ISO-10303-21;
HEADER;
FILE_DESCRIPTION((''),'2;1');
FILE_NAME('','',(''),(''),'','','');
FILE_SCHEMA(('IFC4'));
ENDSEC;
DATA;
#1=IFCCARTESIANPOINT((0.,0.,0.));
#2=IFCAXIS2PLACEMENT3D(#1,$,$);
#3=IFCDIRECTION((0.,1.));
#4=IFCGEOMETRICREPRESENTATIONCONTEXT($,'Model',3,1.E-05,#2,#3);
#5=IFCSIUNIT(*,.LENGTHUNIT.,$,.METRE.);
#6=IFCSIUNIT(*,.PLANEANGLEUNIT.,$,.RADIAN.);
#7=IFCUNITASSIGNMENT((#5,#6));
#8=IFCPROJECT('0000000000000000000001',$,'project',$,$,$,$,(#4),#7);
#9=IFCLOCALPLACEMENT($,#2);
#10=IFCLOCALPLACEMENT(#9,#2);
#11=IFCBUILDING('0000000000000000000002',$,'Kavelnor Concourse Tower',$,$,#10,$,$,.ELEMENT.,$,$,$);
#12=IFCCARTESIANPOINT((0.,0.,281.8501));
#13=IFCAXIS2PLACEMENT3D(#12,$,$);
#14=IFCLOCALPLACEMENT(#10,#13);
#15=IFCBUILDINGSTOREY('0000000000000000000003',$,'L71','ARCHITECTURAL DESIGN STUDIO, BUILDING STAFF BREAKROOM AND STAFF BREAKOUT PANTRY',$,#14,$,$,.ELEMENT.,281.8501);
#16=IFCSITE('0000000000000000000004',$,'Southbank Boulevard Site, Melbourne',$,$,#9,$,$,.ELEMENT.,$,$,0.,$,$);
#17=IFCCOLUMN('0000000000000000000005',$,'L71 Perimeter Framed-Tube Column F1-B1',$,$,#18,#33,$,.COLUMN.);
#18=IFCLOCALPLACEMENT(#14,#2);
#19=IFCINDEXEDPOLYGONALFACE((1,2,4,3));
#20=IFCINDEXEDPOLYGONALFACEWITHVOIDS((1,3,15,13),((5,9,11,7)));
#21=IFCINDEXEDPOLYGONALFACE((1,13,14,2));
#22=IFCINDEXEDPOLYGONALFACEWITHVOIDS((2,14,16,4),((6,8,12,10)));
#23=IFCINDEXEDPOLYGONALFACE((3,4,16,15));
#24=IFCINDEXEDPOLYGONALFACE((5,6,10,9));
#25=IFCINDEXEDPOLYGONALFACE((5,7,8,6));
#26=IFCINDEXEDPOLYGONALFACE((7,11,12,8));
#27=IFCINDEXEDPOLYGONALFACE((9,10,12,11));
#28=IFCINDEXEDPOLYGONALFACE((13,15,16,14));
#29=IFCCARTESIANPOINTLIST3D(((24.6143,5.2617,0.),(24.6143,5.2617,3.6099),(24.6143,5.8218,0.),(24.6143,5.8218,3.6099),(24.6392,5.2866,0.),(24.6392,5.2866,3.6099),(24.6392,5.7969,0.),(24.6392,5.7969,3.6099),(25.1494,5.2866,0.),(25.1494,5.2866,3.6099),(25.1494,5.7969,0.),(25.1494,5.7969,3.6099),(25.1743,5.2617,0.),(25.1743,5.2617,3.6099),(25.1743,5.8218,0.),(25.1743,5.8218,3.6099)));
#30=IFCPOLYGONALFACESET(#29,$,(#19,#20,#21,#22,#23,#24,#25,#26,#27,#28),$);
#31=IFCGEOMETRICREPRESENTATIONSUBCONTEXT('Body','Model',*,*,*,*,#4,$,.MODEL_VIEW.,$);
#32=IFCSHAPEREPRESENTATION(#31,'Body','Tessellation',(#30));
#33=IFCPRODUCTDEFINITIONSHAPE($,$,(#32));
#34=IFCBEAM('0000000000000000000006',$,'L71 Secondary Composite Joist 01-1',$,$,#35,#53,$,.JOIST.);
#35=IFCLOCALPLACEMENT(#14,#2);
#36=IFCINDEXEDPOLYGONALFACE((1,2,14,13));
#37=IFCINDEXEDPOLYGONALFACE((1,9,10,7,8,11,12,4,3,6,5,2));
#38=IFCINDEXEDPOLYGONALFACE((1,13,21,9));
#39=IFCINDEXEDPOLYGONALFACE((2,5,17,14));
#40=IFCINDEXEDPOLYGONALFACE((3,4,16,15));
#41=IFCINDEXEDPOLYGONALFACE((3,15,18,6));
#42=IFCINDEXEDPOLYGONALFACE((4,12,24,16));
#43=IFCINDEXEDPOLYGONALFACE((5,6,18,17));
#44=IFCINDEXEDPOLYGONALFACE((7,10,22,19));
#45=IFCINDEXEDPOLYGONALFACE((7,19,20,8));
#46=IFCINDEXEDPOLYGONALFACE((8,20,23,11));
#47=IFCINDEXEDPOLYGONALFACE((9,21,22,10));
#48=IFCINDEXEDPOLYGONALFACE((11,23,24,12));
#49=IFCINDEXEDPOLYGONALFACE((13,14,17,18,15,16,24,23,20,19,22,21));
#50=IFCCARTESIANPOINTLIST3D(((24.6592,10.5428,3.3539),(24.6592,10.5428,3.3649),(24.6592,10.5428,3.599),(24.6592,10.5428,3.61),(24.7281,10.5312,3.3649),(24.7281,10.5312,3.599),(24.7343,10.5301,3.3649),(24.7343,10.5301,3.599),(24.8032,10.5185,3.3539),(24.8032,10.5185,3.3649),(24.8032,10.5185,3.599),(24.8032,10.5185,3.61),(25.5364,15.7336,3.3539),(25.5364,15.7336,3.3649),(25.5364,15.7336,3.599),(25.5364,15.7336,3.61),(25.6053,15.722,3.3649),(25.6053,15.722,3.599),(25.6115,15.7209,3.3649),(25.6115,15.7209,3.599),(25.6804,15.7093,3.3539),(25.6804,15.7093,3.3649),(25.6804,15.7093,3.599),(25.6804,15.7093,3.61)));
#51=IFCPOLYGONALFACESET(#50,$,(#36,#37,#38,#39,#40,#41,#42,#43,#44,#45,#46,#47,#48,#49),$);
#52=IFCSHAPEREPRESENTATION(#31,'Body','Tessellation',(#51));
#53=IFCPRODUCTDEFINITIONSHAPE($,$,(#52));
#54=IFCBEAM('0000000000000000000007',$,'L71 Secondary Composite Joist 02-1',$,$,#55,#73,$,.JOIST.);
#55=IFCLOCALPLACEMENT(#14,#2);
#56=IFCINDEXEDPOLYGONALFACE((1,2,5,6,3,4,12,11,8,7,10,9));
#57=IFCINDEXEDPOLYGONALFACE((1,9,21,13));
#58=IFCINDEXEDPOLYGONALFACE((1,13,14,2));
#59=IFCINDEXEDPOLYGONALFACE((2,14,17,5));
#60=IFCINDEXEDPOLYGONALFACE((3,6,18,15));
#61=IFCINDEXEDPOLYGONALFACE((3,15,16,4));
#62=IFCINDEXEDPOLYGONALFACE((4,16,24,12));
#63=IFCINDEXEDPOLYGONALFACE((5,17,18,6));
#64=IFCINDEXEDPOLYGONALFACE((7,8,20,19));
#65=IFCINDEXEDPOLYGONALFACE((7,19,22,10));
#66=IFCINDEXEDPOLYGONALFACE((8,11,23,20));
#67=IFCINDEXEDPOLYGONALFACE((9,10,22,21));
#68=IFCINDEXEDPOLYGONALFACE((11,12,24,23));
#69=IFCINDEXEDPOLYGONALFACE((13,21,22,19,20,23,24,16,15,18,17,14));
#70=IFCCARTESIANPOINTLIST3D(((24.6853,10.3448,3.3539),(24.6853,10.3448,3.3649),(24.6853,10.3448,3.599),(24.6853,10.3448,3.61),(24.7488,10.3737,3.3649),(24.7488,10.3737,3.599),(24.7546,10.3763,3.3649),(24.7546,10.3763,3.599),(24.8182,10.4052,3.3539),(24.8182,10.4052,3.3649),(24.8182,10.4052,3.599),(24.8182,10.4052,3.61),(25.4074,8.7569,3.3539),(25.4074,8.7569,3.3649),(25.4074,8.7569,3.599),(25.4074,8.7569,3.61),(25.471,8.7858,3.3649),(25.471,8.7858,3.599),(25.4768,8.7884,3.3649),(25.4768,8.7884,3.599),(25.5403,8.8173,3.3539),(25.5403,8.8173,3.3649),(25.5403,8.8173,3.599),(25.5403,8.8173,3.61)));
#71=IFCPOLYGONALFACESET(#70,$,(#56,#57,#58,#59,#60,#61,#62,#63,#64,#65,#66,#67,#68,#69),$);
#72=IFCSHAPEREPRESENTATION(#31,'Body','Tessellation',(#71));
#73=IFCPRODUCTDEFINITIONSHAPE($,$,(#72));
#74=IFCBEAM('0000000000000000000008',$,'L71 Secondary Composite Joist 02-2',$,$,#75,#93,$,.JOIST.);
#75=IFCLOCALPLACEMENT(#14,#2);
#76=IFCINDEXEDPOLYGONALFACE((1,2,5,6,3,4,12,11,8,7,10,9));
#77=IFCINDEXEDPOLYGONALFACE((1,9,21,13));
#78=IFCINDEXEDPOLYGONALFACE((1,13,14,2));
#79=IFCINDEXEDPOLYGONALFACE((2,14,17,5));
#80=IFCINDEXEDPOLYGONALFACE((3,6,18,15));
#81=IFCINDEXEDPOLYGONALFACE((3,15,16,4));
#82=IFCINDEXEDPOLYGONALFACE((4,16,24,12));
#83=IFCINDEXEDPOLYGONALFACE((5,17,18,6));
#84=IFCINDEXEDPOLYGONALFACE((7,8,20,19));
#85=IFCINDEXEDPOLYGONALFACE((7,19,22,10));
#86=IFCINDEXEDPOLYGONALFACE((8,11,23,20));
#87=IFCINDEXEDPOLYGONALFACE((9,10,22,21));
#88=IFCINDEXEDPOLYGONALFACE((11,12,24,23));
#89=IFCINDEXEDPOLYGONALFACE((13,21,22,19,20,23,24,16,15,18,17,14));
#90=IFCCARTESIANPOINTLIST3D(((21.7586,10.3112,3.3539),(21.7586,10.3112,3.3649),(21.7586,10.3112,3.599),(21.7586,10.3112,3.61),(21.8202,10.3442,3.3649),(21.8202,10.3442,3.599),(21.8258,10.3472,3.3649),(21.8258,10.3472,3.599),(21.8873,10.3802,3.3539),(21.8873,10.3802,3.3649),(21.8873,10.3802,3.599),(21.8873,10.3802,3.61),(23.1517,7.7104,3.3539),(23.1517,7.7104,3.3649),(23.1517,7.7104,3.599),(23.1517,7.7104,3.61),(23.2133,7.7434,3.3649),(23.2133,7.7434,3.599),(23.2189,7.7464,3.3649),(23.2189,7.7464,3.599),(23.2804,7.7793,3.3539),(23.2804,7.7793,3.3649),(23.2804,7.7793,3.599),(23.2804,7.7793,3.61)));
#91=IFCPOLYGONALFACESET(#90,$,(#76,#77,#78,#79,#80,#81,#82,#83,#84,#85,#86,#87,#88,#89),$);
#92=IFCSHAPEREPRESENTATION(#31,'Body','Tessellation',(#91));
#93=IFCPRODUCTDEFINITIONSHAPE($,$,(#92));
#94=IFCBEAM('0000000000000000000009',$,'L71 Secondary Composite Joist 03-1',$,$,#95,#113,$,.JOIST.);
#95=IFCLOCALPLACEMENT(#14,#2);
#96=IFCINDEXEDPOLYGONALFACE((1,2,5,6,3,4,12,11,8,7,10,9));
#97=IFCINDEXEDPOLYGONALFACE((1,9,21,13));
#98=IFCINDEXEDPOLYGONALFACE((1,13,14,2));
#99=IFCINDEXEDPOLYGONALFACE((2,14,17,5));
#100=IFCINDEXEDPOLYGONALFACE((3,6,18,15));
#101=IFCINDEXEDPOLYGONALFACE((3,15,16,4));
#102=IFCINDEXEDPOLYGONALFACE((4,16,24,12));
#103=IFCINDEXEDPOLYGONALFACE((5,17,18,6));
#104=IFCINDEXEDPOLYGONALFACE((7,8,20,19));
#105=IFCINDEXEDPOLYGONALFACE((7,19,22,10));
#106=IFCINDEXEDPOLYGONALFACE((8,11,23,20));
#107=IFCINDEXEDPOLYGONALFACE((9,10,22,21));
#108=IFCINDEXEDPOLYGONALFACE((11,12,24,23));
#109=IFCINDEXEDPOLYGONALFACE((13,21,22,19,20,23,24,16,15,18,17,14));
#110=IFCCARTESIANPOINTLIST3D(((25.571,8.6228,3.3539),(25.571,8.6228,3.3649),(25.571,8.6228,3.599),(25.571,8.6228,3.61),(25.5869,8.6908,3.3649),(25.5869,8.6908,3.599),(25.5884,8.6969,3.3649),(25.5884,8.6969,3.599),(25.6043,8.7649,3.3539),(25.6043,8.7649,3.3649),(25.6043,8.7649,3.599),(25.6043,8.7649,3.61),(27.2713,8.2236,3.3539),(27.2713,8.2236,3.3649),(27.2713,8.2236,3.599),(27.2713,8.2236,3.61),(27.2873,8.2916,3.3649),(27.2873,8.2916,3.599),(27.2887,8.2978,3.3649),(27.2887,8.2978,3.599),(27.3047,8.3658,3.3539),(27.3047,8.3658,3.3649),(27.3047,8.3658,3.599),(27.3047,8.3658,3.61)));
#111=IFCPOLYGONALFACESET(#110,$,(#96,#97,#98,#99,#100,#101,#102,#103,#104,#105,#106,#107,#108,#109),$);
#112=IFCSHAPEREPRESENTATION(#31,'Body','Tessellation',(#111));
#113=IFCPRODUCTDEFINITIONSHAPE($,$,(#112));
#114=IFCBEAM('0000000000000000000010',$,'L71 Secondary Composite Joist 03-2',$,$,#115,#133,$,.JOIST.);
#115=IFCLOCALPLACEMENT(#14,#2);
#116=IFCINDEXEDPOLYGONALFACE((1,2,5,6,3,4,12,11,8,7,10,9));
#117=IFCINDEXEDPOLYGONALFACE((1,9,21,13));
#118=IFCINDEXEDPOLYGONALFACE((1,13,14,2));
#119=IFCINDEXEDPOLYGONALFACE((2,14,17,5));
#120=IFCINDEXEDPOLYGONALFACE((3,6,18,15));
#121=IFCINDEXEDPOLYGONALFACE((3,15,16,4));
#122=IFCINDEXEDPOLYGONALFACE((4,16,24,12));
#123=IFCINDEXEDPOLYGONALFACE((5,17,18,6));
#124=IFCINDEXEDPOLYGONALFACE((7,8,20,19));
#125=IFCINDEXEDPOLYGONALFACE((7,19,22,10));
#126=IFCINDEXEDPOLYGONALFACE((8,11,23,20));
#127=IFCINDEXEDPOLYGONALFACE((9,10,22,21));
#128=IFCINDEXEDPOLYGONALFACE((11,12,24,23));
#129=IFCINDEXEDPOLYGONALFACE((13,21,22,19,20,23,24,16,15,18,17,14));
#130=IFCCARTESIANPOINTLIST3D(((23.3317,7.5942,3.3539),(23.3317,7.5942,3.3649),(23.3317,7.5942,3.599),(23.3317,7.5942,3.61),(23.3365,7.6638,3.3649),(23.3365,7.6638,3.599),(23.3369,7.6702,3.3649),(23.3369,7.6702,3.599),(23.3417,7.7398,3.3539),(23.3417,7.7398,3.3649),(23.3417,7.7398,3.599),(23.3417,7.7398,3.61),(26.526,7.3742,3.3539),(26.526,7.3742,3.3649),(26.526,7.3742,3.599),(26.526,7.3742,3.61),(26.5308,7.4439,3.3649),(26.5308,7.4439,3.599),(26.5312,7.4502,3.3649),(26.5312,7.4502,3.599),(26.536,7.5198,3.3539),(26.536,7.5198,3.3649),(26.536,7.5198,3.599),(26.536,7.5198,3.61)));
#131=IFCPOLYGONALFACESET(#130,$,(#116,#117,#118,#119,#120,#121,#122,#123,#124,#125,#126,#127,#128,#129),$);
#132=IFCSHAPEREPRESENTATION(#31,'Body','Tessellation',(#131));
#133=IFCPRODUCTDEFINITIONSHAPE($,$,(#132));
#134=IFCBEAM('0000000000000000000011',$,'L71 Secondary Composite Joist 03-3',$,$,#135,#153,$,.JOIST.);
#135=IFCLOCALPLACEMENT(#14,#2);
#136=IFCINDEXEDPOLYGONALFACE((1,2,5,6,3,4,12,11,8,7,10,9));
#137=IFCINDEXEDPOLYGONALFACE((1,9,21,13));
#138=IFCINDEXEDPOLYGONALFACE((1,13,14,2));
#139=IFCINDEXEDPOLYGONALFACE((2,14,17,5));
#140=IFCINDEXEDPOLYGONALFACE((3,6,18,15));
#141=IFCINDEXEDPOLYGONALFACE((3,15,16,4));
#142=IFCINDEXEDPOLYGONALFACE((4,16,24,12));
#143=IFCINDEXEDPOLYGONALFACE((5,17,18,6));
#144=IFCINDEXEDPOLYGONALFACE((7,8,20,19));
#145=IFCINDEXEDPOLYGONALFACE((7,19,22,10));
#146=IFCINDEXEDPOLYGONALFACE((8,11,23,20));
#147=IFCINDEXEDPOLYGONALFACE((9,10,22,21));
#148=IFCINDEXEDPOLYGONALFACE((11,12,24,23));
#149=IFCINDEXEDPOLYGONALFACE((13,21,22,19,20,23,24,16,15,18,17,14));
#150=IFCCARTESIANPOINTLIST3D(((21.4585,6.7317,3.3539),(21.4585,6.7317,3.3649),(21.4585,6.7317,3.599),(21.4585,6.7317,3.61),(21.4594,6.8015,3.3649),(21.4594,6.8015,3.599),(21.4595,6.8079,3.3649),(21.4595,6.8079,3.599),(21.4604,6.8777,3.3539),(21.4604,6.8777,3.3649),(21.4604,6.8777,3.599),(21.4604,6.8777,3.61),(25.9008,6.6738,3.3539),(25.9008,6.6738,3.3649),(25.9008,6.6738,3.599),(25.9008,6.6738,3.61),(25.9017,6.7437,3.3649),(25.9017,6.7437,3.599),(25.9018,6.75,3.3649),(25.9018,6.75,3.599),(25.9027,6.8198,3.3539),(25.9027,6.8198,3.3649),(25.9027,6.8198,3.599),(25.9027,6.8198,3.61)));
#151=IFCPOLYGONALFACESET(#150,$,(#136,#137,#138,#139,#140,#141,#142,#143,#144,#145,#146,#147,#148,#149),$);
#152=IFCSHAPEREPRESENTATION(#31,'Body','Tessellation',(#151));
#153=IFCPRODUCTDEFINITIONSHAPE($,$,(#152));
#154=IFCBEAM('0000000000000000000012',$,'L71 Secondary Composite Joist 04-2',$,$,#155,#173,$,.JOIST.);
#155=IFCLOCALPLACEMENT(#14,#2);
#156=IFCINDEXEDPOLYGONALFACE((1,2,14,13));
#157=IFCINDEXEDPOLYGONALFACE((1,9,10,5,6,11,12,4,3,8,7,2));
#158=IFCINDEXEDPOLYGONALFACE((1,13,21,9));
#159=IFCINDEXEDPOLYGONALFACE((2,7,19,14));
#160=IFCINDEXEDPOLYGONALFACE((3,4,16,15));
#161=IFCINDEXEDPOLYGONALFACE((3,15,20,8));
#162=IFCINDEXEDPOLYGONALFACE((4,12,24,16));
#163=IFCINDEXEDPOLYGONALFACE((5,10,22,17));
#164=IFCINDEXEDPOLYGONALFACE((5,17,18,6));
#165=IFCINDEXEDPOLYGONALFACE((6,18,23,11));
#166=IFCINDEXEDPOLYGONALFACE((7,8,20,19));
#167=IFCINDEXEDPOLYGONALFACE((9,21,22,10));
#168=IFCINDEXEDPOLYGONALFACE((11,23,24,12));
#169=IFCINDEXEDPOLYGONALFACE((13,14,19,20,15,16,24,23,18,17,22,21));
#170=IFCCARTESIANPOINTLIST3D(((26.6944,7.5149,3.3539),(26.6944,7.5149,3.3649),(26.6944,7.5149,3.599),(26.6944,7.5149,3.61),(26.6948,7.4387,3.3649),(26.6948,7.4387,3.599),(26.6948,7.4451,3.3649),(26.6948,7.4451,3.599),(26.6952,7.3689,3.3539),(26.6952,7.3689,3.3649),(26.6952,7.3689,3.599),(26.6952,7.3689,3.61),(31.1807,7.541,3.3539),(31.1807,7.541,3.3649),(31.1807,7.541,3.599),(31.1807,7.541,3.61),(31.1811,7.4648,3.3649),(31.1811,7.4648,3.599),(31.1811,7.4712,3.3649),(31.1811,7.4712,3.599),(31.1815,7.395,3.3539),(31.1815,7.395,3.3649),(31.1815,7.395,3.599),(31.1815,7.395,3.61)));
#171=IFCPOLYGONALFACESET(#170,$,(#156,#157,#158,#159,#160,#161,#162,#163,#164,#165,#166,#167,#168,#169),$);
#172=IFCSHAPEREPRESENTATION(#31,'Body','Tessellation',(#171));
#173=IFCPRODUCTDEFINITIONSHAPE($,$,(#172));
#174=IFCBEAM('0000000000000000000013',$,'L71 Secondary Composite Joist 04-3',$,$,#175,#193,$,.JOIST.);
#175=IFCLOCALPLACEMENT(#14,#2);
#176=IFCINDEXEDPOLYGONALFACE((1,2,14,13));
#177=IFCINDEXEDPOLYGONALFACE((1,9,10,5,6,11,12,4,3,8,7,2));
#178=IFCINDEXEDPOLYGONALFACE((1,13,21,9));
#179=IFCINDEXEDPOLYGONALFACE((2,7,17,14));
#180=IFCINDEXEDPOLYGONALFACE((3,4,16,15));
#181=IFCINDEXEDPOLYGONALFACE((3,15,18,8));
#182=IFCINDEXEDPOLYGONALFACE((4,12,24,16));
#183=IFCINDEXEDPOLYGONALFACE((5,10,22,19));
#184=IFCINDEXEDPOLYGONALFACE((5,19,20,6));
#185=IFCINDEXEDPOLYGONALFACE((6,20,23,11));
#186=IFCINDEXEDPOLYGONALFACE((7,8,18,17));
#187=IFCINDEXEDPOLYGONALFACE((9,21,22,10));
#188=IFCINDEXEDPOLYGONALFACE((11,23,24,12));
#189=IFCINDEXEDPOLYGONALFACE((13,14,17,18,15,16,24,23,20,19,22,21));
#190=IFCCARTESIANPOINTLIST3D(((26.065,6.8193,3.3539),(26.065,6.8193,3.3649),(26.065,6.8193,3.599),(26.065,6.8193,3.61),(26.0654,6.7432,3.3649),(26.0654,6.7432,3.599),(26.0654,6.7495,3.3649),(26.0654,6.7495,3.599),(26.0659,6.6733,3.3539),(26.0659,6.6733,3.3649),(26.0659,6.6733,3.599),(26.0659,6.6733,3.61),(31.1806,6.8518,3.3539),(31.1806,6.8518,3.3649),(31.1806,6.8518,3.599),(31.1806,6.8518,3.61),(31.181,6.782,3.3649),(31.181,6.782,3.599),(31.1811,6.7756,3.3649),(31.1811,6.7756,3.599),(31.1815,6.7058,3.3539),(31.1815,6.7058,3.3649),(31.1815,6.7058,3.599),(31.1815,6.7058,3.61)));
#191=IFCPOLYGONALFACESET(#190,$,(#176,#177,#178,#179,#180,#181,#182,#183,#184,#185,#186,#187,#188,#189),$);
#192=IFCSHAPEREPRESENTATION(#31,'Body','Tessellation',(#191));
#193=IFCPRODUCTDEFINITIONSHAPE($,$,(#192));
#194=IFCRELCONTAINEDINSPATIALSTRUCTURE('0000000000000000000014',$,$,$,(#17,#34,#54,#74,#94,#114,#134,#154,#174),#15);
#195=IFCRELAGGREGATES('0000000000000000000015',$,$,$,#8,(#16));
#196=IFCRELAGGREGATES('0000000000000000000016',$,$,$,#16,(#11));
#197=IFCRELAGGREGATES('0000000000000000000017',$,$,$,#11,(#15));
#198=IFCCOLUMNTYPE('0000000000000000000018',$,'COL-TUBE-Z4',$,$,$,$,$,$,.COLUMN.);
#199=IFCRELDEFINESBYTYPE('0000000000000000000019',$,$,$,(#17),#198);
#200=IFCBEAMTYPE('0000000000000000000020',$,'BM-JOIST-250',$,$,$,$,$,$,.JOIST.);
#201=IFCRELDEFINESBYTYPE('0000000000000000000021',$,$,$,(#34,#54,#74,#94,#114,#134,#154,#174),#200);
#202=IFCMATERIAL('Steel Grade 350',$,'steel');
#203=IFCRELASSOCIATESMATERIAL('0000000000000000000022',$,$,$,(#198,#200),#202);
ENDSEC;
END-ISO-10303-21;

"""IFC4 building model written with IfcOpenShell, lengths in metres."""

from ifc_helpers import new_model, si_unit, direction, frame, origin, origin_2d, place, context, subcontext, project, spatial, hollow_rectangle, i_section, extrude, material, material_profile, profile_set, type_object, element, save


model = new_model("IFC4")

# Units and contexts
model_context = context("Model", 3, precision=1e-05, world=origin(), true_north=direction((0.0, 1.0)))
body_context = subcontext(model_context, "Body", "Model", "MODEL_VIEW")
ifc_project = project(units=[si_unit("LENGTHUNIT", "METRE"), si_unit("PLANEANGLEUNIT", "RADIAN")], contexts=[model_context])

# Site, building, storey
site_placement = place(None, origin())
site = spatial("IfcSite", under=ifc_project, at=site_placement, Name="Southbank Boulevard Site, Melbourne", CompositionType="ELEMENT", RefElevation=0.0)
building_placement = place(site_placement, origin())
building = spatial("IfcBuilding", under=site, at=building_placement, Name="Kavelnor Concourse Tower", CompositionType="ELEMENT")
storey_placement = place(building_placement, frame((0.0, 0.0, 281.8501)))
storey = spatial("IfcBuildingStorey", under=building, at=storey_placement, Name="L71", Description="ARCHITECTURAL DESIGN STUDIO, BUILDING STAFF BREAKROOM AND STAFF BREAKOUT PANTRY", CompositionType="ELEMENT", Elevation=281.8501)

# Column
ifc_material_1 = material(Name="Steel Grade 350", Category="steel")
ifc_material_profile_1 = material_profile(ifc_material_1, hollow_rectangle(XDim=0.5601, YDim=0.5601, WallThickness=0.0249, at=origin_2d()), Name="SHS 560x560x25")
ifc_profile_set_1 = profile_set([ifc_material_profile_1], Name="Steel Grade 350")
column_type = type_object("IfcColumnType", Name="COL-TUBE-Z4", PredefinedType="COLUMN", material=ifc_profile_set_1)
column_placement = place(storey_placement, frame((24.8943, 5.5417, 0.0), z_axis=(0.0, 0.0, 1.0), x_axis=(1.0, 0.0, 0.0)))
element("IfcColumn", 1, at=column_placement, inside=storey, type_object=column_type, Name="L71 Perimeter Framed-Tube Column F1-B1", PredefinedType="COLUMN", context=body_context, shape_type="SweptSolid", body=[
    extrude(hollow_rectangle(XDim=0.5601, YDim=0.5601, WallThickness=0.0249, at=origin_2d()), origin(), (0.0, 0.0, 1.0), 3.6099),
])

# Beams
ifc_material_profile_2 = material_profile(ifc_material_1, i_section(OverallWidth=0.146, OverallDepth=0.2561, WebThickness=0.0063, FlangeThickness=0.011, at=origin_2d()), Name="250UB37")
ifc_profile_set_2 = profile_set([ifc_material_profile_2], Name="Steel Grade 350")
beam_type_1 = type_object("IfcBeamType", Name="BM-JOIST-250", PredefinedType="JOIST", material=ifc_profile_set_2)
beam_1_placement = place(storey_placement, frame((25.6084, 15.7214, 3.4819), z_axis=(-0.166625, -0.98602, 0.0), x_axis=(0.98602, -0.166625, 0.0)))
element("IfcBeam", 2, at=beam_1_placement, inside=storey, type_object=beam_type_1, Name="L71 Secondary Composite Joist 01-1", PredefinedType="JOIST", context=body_context, shape_type="SweptSolid", body=[
    extrude(i_section(OverallWidth=0.146, OverallDepth=0.2561, WebThickness=0.0063, FlangeThickness=0.011, at=origin_2d()), origin(), (0.0, 0.0, 1.0), 5.2644),
])
beam_2_placement = place(storey_placement, frame((24.7517, 10.375, 3.4819), z_axis=(0.413993, -0.91028, 0.0), x_axis=(0.91028, 0.413993, 0.0)))
element("IfcBeam", 3, at=beam_2_placement, inside=storey, type_object=beam_type_1, Name="L71 Secondary Composite Joist 02-1", PredefinedType="JOIST", context=body_context, shape_type="SweptSolid", body=[
    extrude(i_section(OverallWidth=0.146, OverallDepth=0.2561, WebThickness=0.0063, FlangeThickness=0.011, at=origin_2d()), origin(), (0.0, 0.0, 1.0), 1.7444),
])
beam_3_placement = place(storey_placement, frame((21.823, 10.3457, 3.4819), z_axis=(0.472159, -0.881513, 0.0), x_axis=(0.881513, 0.472159, 0.0)))
element("IfcBeam", 4, at=beam_3_placement, inside=storey, type_object=beam_type_1, Name="L71 Secondary Composite Joist 02-2", PredefinedType="JOIST", context=body_context, shape_type="SweptSolid", body=[
    extrude(i_section(OverallWidth=0.146, OverallDepth=0.2561, WebThickness=0.0063, FlangeThickness=0.011, at=origin_2d()), origin(), (0.0, 0.0, 1.0), 2.9504),
])
beam_4_placement = place(storey_placement, frame((25.5876, 8.6938, 3.4819), z_axis=(0.973536, -0.228533, 0.0), x_axis=(0.228533, 0.973536, 0.0)))
element("IfcBeam", 5, at=beam_4_placement, inside=storey, type_object=beam_type_1, Name="L71 Secondary Composite Joist 03-1", PredefinedType="JOIST", context=body_context, shape_type="SweptSolid", body=[
    extrude(i_section(OverallWidth=0.146, OverallDepth=0.2561, WebThickness=0.0063, FlangeThickness=0.011, at=origin_2d()), origin(), (0.0, 0.0, 1.0), 1.7466),
])
beam_5_placement = place(storey_placement, frame((23.3367, 7.667, 3.4819), z_axis=(0.997637, -0.0687, 0.0), x_axis=(0.0687, 0.997637, 0.0)))
element("IfcBeam", 6, at=beam_5_placement, inside=storey, type_object=beam_type_1, Name="L71 Secondary Composite Joist 03-2", PredefinedType="JOIST", context=body_context, shape_type="SweptSolid", body=[
    extrude(i_section(OverallWidth=0.146, OverallDepth=0.2561, WebThickness=0.0063, FlangeThickness=0.011, at=origin_2d()), origin(), (0.0, 0.0, 1.0), 3.2019),
])
beam_6_placement = place(storey_placement, frame((21.4595, 6.8047, 3.4819), z_axis=(0.999915, -0.013024, 0.0), x_axis=(0.013024, 0.999915, 0.0)))
element("IfcBeam", 7, at=beam_6_placement, inside=storey, type_object=beam_type_1, Name="L71 Secondary Composite Joist 03-3", PredefinedType="JOIST", context=body_context, shape_type="SweptSolid", body=[
    extrude(i_section(OverallWidth=0.146, OverallDepth=0.2561, WebThickness=0.0063, FlangeThickness=0.011, at=origin_2d()), origin(), (0.0, 0.0, 1.0), 4.4426),
])
beam_7_placement = place(storey_placement, frame((26.6948, 7.4419, 3.4819), z_axis=(0.999983, 0.005823, 0.0), x_axis=(-0.005823, 0.999983, 0.0)))
element("IfcBeam", 8, at=beam_7_placement, inside=storey, type_object=beam_type_1, Name="L71 Secondary Composite Joist 04-2", PredefinedType="JOIST", context=body_context, shape_type="SweptSolid", body=[
    extrude(i_section(OverallWidth=0.146, OverallDepth=0.2561, WebThickness=0.0063, FlangeThickness=0.011, at=origin_2d()), origin(), (0.0, 0.0, 1.0), 4.4863),
])
beam_8_placement = place(storey_placement, frame((26.0654, 6.7463, 3.4819), z_axis=(0.99998, 0.006347, 0.0), x_axis=(-0.006347, 0.99998, 0.0)))
element("IfcBeam", 9, at=beam_8_placement, inside=storey, type_object=beam_type_1, Name="L71 Secondary Composite Joist 04-3", PredefinedType="JOIST", context=body_context, shape_type="SweptSolid", body=[
    extrude(i_section(OverallWidth=0.146, OverallDepth=0.2561, WebThickness=0.0063, FlangeThickness=0.011, at=origin_2d()), origin(), (0.0, 0.0, 1.0), 5.1157),
])

save(model, "model.ifc")
